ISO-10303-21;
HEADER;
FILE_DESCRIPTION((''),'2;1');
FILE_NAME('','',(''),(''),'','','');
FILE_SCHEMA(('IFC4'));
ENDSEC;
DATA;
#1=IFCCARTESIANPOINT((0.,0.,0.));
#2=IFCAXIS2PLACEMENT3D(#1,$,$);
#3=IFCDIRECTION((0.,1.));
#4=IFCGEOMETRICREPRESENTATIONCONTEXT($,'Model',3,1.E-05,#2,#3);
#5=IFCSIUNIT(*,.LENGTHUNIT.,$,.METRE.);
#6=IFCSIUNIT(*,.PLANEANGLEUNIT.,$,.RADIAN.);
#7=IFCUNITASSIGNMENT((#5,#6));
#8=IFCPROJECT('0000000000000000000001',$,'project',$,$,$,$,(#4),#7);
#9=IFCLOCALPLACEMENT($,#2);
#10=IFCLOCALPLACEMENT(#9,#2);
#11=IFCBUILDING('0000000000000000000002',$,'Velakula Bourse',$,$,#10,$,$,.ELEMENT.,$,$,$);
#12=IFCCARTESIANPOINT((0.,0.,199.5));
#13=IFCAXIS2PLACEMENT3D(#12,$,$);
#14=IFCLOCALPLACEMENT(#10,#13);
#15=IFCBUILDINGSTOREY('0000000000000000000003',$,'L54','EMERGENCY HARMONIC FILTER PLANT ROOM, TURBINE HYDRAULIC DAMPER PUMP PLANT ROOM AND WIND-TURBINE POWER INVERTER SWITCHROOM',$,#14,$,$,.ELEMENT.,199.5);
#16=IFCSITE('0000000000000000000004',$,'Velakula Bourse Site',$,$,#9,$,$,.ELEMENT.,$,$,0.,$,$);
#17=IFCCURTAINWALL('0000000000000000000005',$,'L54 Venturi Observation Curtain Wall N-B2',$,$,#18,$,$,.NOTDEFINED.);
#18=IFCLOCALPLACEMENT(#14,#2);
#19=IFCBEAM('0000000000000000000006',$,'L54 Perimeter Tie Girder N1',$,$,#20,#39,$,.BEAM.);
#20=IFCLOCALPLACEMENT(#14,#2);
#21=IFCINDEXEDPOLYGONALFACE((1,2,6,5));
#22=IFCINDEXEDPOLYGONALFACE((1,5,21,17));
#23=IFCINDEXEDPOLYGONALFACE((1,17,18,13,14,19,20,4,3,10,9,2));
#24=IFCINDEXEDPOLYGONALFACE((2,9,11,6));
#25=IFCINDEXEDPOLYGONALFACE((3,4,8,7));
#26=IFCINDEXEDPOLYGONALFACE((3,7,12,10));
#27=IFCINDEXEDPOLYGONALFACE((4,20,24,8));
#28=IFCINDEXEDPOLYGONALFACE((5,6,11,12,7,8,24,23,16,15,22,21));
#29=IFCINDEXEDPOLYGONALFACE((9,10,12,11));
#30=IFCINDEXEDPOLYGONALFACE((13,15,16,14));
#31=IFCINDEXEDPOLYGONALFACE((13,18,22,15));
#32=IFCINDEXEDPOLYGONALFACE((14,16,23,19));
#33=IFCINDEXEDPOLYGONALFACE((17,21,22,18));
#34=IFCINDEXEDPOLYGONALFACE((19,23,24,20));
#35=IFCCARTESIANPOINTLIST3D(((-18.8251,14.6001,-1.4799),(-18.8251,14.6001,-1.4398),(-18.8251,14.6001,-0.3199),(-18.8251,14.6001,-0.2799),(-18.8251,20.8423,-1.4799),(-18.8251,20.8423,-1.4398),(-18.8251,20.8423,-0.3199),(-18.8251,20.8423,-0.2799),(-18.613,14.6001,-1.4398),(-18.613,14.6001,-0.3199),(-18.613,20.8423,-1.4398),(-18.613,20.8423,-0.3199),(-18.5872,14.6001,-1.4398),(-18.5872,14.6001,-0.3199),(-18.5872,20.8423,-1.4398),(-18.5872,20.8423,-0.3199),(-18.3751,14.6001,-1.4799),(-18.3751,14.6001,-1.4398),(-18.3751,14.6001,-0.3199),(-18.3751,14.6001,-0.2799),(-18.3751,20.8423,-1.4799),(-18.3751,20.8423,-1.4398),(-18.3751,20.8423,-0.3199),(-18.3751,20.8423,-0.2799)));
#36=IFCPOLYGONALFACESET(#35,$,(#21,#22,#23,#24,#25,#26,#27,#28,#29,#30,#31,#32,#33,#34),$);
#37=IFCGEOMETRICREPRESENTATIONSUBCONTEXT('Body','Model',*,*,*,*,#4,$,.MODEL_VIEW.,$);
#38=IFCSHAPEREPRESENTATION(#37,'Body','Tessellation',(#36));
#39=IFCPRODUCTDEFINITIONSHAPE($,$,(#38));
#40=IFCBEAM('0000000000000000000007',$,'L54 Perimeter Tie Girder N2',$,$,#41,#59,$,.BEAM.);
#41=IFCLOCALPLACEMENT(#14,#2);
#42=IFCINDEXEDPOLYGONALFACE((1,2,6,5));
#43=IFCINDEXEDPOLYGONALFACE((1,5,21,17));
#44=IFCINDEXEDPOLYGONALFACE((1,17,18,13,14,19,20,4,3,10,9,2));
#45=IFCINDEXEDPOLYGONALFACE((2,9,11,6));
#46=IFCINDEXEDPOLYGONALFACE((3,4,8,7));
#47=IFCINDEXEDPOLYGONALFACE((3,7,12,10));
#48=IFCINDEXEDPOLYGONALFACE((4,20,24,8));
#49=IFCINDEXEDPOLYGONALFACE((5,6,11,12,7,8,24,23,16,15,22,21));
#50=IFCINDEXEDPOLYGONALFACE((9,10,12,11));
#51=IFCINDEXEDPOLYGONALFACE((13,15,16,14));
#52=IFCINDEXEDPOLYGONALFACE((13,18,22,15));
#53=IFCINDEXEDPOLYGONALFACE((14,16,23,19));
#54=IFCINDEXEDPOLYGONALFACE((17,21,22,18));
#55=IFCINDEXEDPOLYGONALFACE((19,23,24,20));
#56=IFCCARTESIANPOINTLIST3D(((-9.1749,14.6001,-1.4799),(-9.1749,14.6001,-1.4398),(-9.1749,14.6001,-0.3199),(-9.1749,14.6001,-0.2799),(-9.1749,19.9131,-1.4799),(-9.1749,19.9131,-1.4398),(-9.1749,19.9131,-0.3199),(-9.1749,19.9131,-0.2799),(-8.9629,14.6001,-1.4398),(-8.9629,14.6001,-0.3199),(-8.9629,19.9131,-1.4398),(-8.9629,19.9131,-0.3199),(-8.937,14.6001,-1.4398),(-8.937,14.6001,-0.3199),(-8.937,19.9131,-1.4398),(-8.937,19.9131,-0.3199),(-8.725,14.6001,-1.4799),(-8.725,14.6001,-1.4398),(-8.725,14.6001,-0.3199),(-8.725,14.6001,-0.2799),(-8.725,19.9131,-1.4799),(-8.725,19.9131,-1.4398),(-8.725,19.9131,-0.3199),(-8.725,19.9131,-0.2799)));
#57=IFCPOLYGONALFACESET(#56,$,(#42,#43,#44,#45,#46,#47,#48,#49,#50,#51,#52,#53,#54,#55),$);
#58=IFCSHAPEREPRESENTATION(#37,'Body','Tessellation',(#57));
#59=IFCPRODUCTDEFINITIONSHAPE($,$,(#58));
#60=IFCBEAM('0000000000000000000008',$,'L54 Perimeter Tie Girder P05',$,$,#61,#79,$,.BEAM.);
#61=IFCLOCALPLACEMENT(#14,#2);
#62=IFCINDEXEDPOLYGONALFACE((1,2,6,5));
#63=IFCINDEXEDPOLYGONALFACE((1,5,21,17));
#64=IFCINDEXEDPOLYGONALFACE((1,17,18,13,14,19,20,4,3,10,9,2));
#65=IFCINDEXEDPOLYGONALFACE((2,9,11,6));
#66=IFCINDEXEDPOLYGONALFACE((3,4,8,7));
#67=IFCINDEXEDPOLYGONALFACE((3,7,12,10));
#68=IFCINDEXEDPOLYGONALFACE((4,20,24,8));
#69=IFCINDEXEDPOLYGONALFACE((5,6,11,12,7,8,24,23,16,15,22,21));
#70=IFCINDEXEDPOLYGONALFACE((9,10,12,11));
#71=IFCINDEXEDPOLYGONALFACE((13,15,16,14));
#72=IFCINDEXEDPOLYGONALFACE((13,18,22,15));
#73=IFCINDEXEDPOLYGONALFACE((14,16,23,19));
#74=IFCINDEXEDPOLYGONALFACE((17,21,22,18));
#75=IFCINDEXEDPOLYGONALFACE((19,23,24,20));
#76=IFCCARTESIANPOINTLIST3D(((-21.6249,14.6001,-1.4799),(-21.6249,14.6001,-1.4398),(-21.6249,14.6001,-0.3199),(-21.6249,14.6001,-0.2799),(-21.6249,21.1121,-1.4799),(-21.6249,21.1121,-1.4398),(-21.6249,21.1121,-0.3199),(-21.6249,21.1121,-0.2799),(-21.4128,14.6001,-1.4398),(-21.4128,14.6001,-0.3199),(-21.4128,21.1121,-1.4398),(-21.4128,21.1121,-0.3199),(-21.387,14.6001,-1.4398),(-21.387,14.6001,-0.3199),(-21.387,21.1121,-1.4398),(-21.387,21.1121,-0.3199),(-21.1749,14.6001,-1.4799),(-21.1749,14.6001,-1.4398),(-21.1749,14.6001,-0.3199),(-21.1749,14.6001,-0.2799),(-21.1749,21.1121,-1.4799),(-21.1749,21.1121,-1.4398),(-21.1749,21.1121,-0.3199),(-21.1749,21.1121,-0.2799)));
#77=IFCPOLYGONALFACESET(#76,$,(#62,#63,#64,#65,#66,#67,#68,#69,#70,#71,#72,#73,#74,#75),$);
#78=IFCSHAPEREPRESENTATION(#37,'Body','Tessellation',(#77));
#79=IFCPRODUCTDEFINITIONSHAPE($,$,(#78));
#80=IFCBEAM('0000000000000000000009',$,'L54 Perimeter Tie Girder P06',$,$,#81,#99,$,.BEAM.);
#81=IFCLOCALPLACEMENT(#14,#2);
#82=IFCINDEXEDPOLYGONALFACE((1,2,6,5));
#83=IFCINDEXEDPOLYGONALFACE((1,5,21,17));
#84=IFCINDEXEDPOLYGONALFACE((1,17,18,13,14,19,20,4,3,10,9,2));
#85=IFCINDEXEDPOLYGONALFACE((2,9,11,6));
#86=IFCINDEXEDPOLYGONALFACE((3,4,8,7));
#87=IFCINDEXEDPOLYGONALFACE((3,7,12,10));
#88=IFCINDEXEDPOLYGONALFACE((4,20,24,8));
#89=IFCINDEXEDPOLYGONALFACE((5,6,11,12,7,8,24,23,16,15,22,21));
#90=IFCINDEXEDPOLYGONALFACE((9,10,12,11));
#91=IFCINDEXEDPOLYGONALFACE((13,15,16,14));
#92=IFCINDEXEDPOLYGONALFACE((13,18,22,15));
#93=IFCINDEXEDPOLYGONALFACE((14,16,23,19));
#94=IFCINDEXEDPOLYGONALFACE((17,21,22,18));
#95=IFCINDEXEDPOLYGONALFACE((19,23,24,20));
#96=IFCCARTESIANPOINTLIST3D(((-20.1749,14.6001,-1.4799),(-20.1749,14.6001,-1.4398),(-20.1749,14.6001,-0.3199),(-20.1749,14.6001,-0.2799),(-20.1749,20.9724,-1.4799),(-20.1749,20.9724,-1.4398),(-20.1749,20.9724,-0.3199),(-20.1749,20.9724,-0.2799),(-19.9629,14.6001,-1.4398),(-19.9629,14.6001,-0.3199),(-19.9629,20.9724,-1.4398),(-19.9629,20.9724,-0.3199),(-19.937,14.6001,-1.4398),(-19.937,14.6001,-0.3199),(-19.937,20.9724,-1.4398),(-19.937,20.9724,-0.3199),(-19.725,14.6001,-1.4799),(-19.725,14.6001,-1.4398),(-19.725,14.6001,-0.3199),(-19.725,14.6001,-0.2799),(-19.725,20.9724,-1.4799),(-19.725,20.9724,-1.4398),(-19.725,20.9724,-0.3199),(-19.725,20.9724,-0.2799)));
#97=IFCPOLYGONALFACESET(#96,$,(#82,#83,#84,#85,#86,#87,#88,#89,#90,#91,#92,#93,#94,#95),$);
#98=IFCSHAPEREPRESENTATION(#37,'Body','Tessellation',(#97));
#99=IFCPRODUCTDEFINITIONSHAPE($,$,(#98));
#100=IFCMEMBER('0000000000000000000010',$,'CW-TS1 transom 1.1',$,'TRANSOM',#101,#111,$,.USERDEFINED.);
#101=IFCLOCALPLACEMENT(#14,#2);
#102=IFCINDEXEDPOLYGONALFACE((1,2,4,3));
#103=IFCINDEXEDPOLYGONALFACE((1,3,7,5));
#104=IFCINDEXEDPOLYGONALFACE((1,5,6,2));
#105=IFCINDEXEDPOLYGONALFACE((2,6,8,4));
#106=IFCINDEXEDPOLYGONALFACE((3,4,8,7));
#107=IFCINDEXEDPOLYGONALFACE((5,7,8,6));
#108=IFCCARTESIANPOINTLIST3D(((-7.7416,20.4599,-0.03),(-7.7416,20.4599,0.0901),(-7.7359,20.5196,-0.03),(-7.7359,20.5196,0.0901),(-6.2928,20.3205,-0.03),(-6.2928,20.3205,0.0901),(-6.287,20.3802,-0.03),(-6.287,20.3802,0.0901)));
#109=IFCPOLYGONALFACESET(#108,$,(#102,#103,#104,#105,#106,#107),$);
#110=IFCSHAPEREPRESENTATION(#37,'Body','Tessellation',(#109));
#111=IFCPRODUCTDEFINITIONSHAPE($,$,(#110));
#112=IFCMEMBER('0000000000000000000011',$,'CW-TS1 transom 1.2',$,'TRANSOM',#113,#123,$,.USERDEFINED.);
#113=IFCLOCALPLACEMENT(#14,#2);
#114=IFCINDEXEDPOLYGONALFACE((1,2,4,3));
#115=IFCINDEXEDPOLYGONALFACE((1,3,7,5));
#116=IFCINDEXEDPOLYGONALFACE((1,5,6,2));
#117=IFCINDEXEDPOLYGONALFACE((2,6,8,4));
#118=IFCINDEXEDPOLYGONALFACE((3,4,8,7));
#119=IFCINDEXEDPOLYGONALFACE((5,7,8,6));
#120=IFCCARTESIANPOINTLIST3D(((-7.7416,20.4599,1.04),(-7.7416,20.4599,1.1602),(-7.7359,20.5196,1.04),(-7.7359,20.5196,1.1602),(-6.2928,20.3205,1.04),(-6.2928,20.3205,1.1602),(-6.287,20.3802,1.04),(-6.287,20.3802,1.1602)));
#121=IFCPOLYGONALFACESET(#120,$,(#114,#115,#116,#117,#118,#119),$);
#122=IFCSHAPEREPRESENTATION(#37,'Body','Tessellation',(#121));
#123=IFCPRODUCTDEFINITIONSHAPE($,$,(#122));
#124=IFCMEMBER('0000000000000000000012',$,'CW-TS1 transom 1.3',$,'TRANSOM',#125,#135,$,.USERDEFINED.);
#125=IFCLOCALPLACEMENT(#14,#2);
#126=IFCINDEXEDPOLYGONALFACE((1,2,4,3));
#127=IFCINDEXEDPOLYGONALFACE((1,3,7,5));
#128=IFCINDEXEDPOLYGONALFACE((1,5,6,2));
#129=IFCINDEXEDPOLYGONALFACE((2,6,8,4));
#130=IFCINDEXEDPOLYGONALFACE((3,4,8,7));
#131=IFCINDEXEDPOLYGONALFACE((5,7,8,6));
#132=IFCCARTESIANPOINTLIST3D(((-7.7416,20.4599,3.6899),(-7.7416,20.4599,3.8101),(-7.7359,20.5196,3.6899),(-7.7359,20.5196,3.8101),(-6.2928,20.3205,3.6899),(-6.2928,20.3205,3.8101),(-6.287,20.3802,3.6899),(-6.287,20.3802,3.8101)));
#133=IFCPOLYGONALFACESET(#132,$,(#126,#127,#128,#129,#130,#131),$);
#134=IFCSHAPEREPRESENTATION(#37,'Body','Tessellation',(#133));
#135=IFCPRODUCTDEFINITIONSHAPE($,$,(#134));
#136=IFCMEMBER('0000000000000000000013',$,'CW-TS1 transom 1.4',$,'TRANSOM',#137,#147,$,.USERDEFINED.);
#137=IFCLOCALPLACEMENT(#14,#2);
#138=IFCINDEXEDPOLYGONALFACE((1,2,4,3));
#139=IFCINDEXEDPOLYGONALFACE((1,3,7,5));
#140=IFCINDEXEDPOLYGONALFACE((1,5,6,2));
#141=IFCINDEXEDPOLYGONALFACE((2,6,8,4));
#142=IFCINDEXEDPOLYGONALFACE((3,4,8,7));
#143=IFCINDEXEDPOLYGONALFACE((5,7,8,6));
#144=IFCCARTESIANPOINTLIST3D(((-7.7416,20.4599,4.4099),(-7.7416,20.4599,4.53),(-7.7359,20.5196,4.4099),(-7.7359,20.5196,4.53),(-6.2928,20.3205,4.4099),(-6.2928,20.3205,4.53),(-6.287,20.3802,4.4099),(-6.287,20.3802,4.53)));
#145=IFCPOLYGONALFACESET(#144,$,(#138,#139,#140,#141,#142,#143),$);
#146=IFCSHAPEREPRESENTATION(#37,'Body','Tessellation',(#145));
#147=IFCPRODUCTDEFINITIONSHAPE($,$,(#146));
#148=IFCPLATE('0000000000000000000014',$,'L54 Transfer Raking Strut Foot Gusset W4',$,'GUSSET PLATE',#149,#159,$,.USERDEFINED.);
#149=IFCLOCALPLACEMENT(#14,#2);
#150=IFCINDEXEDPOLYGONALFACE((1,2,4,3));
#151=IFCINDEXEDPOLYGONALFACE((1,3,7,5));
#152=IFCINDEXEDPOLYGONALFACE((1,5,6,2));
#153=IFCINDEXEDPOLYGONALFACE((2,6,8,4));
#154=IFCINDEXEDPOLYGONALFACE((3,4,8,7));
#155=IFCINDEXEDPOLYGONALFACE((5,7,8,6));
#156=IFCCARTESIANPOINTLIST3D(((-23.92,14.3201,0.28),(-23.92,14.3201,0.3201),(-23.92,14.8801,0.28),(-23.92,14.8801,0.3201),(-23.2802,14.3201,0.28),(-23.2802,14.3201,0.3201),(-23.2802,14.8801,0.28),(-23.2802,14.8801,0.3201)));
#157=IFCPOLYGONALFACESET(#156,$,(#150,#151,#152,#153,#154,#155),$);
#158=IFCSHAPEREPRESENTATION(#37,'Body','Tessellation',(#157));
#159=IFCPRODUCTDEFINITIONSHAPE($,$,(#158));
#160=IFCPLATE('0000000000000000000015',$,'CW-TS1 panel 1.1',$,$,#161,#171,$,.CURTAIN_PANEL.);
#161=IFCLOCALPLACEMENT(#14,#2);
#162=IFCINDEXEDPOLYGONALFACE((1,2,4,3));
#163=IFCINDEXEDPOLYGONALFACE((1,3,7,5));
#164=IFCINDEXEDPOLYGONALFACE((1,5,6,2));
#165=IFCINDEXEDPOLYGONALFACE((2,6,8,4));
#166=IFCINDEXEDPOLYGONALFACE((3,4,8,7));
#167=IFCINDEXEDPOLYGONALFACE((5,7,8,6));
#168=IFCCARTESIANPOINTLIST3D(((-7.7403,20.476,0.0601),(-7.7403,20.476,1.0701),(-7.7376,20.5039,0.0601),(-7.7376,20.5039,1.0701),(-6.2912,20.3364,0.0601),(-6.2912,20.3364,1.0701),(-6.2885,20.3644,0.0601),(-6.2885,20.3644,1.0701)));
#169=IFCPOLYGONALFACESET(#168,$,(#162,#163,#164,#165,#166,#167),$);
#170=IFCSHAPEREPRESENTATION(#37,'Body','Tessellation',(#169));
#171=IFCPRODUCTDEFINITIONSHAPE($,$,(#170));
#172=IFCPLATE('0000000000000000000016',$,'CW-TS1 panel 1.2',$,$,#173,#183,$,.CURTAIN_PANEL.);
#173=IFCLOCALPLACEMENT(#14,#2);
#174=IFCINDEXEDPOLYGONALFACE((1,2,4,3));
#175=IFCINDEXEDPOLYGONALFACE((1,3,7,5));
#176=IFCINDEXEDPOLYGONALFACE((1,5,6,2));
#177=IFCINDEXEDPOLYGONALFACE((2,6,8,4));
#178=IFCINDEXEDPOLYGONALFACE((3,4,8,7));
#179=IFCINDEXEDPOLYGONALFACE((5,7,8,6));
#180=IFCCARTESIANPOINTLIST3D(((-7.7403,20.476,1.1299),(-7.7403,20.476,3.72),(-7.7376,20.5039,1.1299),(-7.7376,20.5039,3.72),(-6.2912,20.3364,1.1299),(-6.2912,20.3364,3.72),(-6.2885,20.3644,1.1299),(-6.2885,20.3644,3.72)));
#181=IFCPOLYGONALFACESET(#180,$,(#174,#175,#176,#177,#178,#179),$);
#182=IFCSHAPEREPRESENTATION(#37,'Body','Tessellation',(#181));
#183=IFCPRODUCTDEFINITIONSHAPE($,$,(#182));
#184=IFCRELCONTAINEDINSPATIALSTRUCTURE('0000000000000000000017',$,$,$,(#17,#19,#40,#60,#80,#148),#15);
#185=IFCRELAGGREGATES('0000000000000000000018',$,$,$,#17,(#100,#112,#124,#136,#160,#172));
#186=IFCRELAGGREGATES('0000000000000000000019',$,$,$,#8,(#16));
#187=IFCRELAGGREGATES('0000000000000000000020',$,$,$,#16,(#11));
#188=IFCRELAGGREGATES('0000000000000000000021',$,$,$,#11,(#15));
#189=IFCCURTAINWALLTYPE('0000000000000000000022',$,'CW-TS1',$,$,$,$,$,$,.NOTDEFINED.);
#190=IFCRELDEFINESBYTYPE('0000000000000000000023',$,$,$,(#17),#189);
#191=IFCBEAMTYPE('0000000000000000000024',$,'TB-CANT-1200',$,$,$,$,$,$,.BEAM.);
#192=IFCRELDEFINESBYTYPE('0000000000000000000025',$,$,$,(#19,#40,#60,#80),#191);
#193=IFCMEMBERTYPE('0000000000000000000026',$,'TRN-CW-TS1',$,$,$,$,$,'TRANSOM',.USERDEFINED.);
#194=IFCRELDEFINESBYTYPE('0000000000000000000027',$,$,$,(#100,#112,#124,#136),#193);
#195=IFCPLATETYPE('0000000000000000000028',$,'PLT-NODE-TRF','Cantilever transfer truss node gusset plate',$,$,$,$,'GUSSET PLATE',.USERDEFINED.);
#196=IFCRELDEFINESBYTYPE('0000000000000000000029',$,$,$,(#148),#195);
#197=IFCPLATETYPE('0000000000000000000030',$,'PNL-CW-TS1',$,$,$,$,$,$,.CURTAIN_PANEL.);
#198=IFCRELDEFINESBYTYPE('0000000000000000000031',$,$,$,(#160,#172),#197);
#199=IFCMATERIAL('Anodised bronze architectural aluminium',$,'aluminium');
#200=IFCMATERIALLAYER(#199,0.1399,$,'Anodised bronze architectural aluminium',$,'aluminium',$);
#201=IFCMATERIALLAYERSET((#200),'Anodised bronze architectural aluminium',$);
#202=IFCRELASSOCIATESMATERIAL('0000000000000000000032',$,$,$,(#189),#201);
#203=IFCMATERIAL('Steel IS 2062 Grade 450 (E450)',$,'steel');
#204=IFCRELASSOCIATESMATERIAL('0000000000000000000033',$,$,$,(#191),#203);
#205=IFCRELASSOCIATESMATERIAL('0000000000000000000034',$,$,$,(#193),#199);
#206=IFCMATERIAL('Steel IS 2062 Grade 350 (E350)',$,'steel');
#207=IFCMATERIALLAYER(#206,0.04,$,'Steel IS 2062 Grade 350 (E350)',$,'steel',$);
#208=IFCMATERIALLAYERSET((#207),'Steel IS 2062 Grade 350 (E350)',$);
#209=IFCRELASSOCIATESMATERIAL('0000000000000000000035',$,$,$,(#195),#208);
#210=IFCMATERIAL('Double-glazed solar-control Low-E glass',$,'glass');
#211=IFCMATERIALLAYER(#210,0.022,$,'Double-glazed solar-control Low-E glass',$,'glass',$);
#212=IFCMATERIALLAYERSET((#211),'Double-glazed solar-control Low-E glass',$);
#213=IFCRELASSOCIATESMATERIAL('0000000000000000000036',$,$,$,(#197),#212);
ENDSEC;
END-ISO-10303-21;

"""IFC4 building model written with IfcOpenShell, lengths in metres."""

from ifc_helpers import new_model, si_unit, direction, frame, origin, origin_2d, place, context, subcontext, project, spatial, rectangle, i_section, extrude, material, layer, layer_set, material_profile, profile_set, type_object, element, aggregate, save


model = new_model("IFC4")

# Units and contexts
model_context = context("Model", 3, precision=1e-05, world=origin(), true_north=direction((0.0, 1.0)))
body_context = subcontext(model_context, "Body", "Model", "MODEL_VIEW")
ifc_project = project(units=[si_unit("LENGTHUNIT", "METRE"), si_unit("PLANEANGLEUNIT", "RADIAN")], contexts=[model_context])

# Site, building, storey
site_placement = place(None, origin())
site = spatial("IfcSite", under=ifc_project, at=site_placement, Name="Velakula Bourse Site", CompositionType="ELEMENT", RefElevation=0.0)
building_placement = place(site_placement, origin())
building = spatial("IfcBuilding", under=site, at=building_placement, Name="Velakula Bourse", CompositionType="ELEMENT")
storey_placement = place(building_placement, frame((0.0, 0.0, 199.5)))
storey = spatial("IfcBuildingStorey", under=building, at=storey_placement, Name="L54", Description="EMERGENCY HARMONIC FILTER PLANT ROOM, TURBINE HYDRAULIC DAMPER PUMP PLANT ROOM AND WIND-TURBINE POWER INVERTER SWITCHROOM", CompositionType="ELEMENT", Elevation=199.5)

# Shared definitions
ifc_material_1 = material(Name="Steel IS 2062 Grade 350 (E350)", Category="steel")

# Curtain wall
ifc_material_2 = material(Name="Anodised bronze architectural aluminium", Category="aluminium")
ifc_layer_1 = layer(ifc_material_2, 0.1399, Name="Anodised bronze architectural aluminium", Category="aluminium")
ifc_layer_set_1 = layer_set([ifc_layer_1], Name="Anodised bronze architectural aluminium")
curtain_wall_type = type_object("IfcCurtainWallType", Name="CW-TS1", PredefinedType="NOTDEFINED", material=ifc_layer_set_1)
curtain_wall_placement = place(storey_placement, origin())
curtain_wall = element("IfcCurtainWall", 1, at=curtain_wall_placement, inside=storey, type_object=curtain_wall_type, Name="L54 Venturi Observation Curtain Wall N-B2", PredefinedType="NOTDEFINED")

# Beams
ifc_material_3 = material(Name="Steel IS 2062 Grade 450 (E450)", Category="steel")
ifc_material_profile_1 = material_profile(ifc_material_3, i_section(OverallWidth=0.45, OverallDepth=1.2, WebThickness=0.0259, FlangeThickness=0.04, at=origin_2d()), Name="Steel IS 2062 Grade 450 (E450)")
ifc_profile_set_1 = profile_set([ifc_material_profile_1], Name="Steel IS 2062 Grade 450 (E450)")
beam_type_1 = type_object("IfcBeamType", Name="TB-CANT-1200", PredefinedType="BEAM", material=ifc_profile_set_1)
beam_1_placement = place(storey_placement, frame((-18.6001, 14.6001, -0.8799), z_axis=(0.0, 1.0, 0.0), x_axis=(-1.0, 0.0, 0.0)))
element("IfcBeam", 2, at=beam_1_placement, inside=storey, type_object=beam_type_1, Name="L54 Perimeter Tie Girder N1", PredefinedType="BEAM", context=body_context, shape_type="SweptSolid", body=[
    extrude(i_section(OverallWidth=0.45, OverallDepth=1.2, WebThickness=0.0259, FlangeThickness=0.04, at=origin_2d()), origin(), (0.0, 0.0, 1.0), 6.2422),
])
beam_2_placement = place(storey_placement, frame((-8.95, 14.6001, -0.8799), z_axis=(0.0, 1.0, 0.0), x_axis=(-1.0, 0.0, 0.0)))
element("IfcBeam", 3, at=beam_2_placement, inside=storey, type_object=beam_type_1, Name="L54 Perimeter Tie Girder N2", PredefinedType="BEAM", context=body_context, shape_type="SweptSolid", body=[
    extrude(i_section(OverallWidth=0.45, OverallDepth=1.2, WebThickness=0.0259, FlangeThickness=0.04, at=origin_2d()), origin(), (0.0, 0.0, 1.0), 5.313),
])
beam_3_placement = place(storey_placement, frame((-21.3999, 14.6001, -0.8799), z_axis=(0.0, 1.0, 0.0), x_axis=(-1.0, 0.0, 0.0)))
element("IfcBeam", 4, at=beam_3_placement, inside=storey, type_object=beam_type_1, Name="L54 Perimeter Tie Girder P05", PredefinedType="BEAM", context=body_context, shape_type="SweptSolid", body=[
    extrude(i_section(OverallWidth=0.45, OverallDepth=1.2, WebThickness=0.0259, FlangeThickness=0.04, at=origin_2d()), origin(), (0.0, 0.0, 1.0), 6.512),
])
beam_4_placement = place(storey_placement, frame((-19.95, 14.6001, -0.8799), z_axis=(0.0, 1.0, 0.0), x_axis=(-1.0, 0.0, 0.0)))
element("IfcBeam", 5, at=beam_4_placement, inside=storey, type_object=beam_type_1, Name="L54 Perimeter Tie Girder P06", PredefinedType="BEAM", context=body_context, shape_type="SweptSolid", body=[
    extrude(i_section(OverallWidth=0.45, OverallDepth=1.2, WebThickness=0.0259, FlangeThickness=0.04, at=origin_2d()), origin(), (0.0, 0.0, 1.0), 6.3723),
])

# Members
ifc_material_profile_2 = material_profile(ifc_material_2, rectangle(XDim=0.0601, YDim=0.1201, at=origin_2d()), Name="Anodised bronze architectural aluminium")
ifc_profile_set_2 = profile_set([ifc_material_profile_2], Name="Anodised bronze architectural aluminium")
member_type_1 = type_object("IfcMemberType", Name="TRN-CW-TS1", ElementType="TRANSOM", PredefinedType="USERDEFINED", material=ifc_profile_set_2)
member_1_placement = place(storey_placement, frame((-7.7388, 20.4897, 0.03), z_axis=(0.995404, -0.095767, 0.0), x_axis=(0.095767, 0.995404, 0.0)))
member_1 = element("IfcMember", 6, at=member_1_placement, type_object=member_type_1, Name="CW-TS1 transom 1.1", ObjectType="TRANSOM", PredefinedType="USERDEFINED", context=body_context, shape_type="SweptSolid", body=[
    extrude(rectangle(XDim=0.0601, YDim=0.1201, at=origin_2d()), origin(), (0.0, 0.0, 1.0), 1.4556),
])
member_2_placement = place(storey_placement, frame((-7.7388, 20.4897, 1.1001), z_axis=(0.995404, -0.095767, 0.0), x_axis=(0.095767, 0.995404, 0.0)))
member_2 = element("IfcMember", 7, at=member_2_placement, type_object=member_type_1, Name="CW-TS1 transom 1.2", ObjectType="TRANSOM", PredefinedType="USERDEFINED", context=body_context, shape_type="SweptSolid", body=[
    extrude(rectangle(XDim=0.0601, YDim=0.1201, at=origin_2d()), origin(), (0.0, 0.0, 1.0), 1.4556),
])
member_3_placement = place(storey_placement, frame((-7.7388, 20.4897, 3.75), z_axis=(0.995404, -0.095767, 0.0), x_axis=(0.095767, 0.995404, 0.0)))
member_3 = element("IfcMember", 8, at=member_3_placement, type_object=member_type_1, Name="CW-TS1 transom 1.3", ObjectType="TRANSOM", PredefinedType="USERDEFINED", context=body_context, shape_type="SweptSolid", body=[
    extrude(rectangle(XDim=0.0601, YDim=0.1201, at=origin_2d()), origin(), (0.0, 0.0, 1.0), 1.4556),
])
member_4_placement = place(storey_placement, frame((-7.7388, 20.4897, 4.47), z_axis=(0.995404, -0.095767, 0.0), x_axis=(0.095767, 0.995404, 0.0)))
member_4 = element("IfcMember", 9, at=member_4_placement, type_object=member_type_1, Name="CW-TS1 transom 1.4", ObjectType="TRANSOM", PredefinedType="USERDEFINED", context=body_context, shape_type="SweptSolid", body=[
    extrude(rectangle(XDim=0.0601, YDim=0.1201, at=origin_2d()), origin(), (0.0, 0.0, 1.0), 1.4556),
])

# Plates
ifc_layer_2 = layer(ifc_material_1, 0.04, Name="Steel IS 2062 Grade 350 (E350)", Category="steel")
ifc_layer_set_2 = layer_set([ifc_layer_2], Name="Steel IS 2062 Grade 350 (E350)")
plate_type_1 = type_object("IfcPlateType", Name="PLT-NODE-TRF", Description="Cantilever transfer truss node gusset plate", ElementType="GUSSET PLATE", PredefinedType="USERDEFINED", material=ifc_layer_set_2)
plate_1_placement = place(storey_placement, frame((-23.6001, 14.6001, 0.28), z_axis=(0.0, 0.0, 1.0), x_axis=(-1.0, 0.0, 0.0)))
element("IfcPlate", 10, at=plate_1_placement, inside=storey, type_object=plate_type_1, Name="L54 Transfer Raking Strut Foot Gusset W4", ObjectType="GUSSET PLATE", PredefinedType="USERDEFINED", context=body_context, shape_type="SweptSolid", body=[
    extrude(rectangle(XDim=0.6399, YDim=0.5601, at=origin_2d()), origin(), (0.0, 0.0, 1.0), 0.04),
])
ifc_material_4 = material(Name="Double-glazed solar-control Low-E glass", Category="glass")
ifc_layer_3 = layer(ifc_material_4, 0.022, Name="Double-glazed solar-control Low-E glass", Category="glass")
ifc_layer_set_3 = layer_set([ifc_layer_3], Name="Double-glazed solar-control Low-E glass")
plate_type_2 = type_object("IfcPlateType", Name="PNL-CW-TS1", PredefinedType="CURTAIN_PANEL", material=ifc_layer_set_3)
plate_2_placement = place(storey_placement, frame((-7.0144, 20.4202, 0.0601), z_axis=(0.0, 0.0, 1.0), x_axis=(0.995396, -0.095849, 0.0)))
plate_2 = element("IfcPlate", 11, at=plate_2_placement, type_object=plate_type_2, Name="CW-TS1 panel 1.1", PredefinedType="CURTAIN_PANEL", context=body_context, shape_type="SweptSolid", body=[
    extrude(rectangle(XDim=1.4558, YDim=0.0281, at=origin_2d()), origin(), (0.0, 0.0, 1.0), 1.01),
])
plate_3_placement = place(storey_placement, frame((-7.0144, 20.4202, 1.1299), z_axis=(0.0, 0.0, 1.0), x_axis=(0.995396, -0.095849, 0.0)))
plate_3 = element("IfcPlate", 12, at=plate_3_placement, type_object=plate_type_2, Name="CW-TS1 panel 1.2", PredefinedType="CURTAIN_PANEL", context=body_context, shape_type="SweptSolid", body=[
    extrude(rectangle(XDim=1.4558, YDim=0.0281, at=origin_2d()), origin(), (0.0, 0.0, 1.0), 2.5901),
])
aggregate(curtain_wall, [member_1, member_2, member_3, member_4, plate_2, plate_3])

save(model, "model.ifc")
